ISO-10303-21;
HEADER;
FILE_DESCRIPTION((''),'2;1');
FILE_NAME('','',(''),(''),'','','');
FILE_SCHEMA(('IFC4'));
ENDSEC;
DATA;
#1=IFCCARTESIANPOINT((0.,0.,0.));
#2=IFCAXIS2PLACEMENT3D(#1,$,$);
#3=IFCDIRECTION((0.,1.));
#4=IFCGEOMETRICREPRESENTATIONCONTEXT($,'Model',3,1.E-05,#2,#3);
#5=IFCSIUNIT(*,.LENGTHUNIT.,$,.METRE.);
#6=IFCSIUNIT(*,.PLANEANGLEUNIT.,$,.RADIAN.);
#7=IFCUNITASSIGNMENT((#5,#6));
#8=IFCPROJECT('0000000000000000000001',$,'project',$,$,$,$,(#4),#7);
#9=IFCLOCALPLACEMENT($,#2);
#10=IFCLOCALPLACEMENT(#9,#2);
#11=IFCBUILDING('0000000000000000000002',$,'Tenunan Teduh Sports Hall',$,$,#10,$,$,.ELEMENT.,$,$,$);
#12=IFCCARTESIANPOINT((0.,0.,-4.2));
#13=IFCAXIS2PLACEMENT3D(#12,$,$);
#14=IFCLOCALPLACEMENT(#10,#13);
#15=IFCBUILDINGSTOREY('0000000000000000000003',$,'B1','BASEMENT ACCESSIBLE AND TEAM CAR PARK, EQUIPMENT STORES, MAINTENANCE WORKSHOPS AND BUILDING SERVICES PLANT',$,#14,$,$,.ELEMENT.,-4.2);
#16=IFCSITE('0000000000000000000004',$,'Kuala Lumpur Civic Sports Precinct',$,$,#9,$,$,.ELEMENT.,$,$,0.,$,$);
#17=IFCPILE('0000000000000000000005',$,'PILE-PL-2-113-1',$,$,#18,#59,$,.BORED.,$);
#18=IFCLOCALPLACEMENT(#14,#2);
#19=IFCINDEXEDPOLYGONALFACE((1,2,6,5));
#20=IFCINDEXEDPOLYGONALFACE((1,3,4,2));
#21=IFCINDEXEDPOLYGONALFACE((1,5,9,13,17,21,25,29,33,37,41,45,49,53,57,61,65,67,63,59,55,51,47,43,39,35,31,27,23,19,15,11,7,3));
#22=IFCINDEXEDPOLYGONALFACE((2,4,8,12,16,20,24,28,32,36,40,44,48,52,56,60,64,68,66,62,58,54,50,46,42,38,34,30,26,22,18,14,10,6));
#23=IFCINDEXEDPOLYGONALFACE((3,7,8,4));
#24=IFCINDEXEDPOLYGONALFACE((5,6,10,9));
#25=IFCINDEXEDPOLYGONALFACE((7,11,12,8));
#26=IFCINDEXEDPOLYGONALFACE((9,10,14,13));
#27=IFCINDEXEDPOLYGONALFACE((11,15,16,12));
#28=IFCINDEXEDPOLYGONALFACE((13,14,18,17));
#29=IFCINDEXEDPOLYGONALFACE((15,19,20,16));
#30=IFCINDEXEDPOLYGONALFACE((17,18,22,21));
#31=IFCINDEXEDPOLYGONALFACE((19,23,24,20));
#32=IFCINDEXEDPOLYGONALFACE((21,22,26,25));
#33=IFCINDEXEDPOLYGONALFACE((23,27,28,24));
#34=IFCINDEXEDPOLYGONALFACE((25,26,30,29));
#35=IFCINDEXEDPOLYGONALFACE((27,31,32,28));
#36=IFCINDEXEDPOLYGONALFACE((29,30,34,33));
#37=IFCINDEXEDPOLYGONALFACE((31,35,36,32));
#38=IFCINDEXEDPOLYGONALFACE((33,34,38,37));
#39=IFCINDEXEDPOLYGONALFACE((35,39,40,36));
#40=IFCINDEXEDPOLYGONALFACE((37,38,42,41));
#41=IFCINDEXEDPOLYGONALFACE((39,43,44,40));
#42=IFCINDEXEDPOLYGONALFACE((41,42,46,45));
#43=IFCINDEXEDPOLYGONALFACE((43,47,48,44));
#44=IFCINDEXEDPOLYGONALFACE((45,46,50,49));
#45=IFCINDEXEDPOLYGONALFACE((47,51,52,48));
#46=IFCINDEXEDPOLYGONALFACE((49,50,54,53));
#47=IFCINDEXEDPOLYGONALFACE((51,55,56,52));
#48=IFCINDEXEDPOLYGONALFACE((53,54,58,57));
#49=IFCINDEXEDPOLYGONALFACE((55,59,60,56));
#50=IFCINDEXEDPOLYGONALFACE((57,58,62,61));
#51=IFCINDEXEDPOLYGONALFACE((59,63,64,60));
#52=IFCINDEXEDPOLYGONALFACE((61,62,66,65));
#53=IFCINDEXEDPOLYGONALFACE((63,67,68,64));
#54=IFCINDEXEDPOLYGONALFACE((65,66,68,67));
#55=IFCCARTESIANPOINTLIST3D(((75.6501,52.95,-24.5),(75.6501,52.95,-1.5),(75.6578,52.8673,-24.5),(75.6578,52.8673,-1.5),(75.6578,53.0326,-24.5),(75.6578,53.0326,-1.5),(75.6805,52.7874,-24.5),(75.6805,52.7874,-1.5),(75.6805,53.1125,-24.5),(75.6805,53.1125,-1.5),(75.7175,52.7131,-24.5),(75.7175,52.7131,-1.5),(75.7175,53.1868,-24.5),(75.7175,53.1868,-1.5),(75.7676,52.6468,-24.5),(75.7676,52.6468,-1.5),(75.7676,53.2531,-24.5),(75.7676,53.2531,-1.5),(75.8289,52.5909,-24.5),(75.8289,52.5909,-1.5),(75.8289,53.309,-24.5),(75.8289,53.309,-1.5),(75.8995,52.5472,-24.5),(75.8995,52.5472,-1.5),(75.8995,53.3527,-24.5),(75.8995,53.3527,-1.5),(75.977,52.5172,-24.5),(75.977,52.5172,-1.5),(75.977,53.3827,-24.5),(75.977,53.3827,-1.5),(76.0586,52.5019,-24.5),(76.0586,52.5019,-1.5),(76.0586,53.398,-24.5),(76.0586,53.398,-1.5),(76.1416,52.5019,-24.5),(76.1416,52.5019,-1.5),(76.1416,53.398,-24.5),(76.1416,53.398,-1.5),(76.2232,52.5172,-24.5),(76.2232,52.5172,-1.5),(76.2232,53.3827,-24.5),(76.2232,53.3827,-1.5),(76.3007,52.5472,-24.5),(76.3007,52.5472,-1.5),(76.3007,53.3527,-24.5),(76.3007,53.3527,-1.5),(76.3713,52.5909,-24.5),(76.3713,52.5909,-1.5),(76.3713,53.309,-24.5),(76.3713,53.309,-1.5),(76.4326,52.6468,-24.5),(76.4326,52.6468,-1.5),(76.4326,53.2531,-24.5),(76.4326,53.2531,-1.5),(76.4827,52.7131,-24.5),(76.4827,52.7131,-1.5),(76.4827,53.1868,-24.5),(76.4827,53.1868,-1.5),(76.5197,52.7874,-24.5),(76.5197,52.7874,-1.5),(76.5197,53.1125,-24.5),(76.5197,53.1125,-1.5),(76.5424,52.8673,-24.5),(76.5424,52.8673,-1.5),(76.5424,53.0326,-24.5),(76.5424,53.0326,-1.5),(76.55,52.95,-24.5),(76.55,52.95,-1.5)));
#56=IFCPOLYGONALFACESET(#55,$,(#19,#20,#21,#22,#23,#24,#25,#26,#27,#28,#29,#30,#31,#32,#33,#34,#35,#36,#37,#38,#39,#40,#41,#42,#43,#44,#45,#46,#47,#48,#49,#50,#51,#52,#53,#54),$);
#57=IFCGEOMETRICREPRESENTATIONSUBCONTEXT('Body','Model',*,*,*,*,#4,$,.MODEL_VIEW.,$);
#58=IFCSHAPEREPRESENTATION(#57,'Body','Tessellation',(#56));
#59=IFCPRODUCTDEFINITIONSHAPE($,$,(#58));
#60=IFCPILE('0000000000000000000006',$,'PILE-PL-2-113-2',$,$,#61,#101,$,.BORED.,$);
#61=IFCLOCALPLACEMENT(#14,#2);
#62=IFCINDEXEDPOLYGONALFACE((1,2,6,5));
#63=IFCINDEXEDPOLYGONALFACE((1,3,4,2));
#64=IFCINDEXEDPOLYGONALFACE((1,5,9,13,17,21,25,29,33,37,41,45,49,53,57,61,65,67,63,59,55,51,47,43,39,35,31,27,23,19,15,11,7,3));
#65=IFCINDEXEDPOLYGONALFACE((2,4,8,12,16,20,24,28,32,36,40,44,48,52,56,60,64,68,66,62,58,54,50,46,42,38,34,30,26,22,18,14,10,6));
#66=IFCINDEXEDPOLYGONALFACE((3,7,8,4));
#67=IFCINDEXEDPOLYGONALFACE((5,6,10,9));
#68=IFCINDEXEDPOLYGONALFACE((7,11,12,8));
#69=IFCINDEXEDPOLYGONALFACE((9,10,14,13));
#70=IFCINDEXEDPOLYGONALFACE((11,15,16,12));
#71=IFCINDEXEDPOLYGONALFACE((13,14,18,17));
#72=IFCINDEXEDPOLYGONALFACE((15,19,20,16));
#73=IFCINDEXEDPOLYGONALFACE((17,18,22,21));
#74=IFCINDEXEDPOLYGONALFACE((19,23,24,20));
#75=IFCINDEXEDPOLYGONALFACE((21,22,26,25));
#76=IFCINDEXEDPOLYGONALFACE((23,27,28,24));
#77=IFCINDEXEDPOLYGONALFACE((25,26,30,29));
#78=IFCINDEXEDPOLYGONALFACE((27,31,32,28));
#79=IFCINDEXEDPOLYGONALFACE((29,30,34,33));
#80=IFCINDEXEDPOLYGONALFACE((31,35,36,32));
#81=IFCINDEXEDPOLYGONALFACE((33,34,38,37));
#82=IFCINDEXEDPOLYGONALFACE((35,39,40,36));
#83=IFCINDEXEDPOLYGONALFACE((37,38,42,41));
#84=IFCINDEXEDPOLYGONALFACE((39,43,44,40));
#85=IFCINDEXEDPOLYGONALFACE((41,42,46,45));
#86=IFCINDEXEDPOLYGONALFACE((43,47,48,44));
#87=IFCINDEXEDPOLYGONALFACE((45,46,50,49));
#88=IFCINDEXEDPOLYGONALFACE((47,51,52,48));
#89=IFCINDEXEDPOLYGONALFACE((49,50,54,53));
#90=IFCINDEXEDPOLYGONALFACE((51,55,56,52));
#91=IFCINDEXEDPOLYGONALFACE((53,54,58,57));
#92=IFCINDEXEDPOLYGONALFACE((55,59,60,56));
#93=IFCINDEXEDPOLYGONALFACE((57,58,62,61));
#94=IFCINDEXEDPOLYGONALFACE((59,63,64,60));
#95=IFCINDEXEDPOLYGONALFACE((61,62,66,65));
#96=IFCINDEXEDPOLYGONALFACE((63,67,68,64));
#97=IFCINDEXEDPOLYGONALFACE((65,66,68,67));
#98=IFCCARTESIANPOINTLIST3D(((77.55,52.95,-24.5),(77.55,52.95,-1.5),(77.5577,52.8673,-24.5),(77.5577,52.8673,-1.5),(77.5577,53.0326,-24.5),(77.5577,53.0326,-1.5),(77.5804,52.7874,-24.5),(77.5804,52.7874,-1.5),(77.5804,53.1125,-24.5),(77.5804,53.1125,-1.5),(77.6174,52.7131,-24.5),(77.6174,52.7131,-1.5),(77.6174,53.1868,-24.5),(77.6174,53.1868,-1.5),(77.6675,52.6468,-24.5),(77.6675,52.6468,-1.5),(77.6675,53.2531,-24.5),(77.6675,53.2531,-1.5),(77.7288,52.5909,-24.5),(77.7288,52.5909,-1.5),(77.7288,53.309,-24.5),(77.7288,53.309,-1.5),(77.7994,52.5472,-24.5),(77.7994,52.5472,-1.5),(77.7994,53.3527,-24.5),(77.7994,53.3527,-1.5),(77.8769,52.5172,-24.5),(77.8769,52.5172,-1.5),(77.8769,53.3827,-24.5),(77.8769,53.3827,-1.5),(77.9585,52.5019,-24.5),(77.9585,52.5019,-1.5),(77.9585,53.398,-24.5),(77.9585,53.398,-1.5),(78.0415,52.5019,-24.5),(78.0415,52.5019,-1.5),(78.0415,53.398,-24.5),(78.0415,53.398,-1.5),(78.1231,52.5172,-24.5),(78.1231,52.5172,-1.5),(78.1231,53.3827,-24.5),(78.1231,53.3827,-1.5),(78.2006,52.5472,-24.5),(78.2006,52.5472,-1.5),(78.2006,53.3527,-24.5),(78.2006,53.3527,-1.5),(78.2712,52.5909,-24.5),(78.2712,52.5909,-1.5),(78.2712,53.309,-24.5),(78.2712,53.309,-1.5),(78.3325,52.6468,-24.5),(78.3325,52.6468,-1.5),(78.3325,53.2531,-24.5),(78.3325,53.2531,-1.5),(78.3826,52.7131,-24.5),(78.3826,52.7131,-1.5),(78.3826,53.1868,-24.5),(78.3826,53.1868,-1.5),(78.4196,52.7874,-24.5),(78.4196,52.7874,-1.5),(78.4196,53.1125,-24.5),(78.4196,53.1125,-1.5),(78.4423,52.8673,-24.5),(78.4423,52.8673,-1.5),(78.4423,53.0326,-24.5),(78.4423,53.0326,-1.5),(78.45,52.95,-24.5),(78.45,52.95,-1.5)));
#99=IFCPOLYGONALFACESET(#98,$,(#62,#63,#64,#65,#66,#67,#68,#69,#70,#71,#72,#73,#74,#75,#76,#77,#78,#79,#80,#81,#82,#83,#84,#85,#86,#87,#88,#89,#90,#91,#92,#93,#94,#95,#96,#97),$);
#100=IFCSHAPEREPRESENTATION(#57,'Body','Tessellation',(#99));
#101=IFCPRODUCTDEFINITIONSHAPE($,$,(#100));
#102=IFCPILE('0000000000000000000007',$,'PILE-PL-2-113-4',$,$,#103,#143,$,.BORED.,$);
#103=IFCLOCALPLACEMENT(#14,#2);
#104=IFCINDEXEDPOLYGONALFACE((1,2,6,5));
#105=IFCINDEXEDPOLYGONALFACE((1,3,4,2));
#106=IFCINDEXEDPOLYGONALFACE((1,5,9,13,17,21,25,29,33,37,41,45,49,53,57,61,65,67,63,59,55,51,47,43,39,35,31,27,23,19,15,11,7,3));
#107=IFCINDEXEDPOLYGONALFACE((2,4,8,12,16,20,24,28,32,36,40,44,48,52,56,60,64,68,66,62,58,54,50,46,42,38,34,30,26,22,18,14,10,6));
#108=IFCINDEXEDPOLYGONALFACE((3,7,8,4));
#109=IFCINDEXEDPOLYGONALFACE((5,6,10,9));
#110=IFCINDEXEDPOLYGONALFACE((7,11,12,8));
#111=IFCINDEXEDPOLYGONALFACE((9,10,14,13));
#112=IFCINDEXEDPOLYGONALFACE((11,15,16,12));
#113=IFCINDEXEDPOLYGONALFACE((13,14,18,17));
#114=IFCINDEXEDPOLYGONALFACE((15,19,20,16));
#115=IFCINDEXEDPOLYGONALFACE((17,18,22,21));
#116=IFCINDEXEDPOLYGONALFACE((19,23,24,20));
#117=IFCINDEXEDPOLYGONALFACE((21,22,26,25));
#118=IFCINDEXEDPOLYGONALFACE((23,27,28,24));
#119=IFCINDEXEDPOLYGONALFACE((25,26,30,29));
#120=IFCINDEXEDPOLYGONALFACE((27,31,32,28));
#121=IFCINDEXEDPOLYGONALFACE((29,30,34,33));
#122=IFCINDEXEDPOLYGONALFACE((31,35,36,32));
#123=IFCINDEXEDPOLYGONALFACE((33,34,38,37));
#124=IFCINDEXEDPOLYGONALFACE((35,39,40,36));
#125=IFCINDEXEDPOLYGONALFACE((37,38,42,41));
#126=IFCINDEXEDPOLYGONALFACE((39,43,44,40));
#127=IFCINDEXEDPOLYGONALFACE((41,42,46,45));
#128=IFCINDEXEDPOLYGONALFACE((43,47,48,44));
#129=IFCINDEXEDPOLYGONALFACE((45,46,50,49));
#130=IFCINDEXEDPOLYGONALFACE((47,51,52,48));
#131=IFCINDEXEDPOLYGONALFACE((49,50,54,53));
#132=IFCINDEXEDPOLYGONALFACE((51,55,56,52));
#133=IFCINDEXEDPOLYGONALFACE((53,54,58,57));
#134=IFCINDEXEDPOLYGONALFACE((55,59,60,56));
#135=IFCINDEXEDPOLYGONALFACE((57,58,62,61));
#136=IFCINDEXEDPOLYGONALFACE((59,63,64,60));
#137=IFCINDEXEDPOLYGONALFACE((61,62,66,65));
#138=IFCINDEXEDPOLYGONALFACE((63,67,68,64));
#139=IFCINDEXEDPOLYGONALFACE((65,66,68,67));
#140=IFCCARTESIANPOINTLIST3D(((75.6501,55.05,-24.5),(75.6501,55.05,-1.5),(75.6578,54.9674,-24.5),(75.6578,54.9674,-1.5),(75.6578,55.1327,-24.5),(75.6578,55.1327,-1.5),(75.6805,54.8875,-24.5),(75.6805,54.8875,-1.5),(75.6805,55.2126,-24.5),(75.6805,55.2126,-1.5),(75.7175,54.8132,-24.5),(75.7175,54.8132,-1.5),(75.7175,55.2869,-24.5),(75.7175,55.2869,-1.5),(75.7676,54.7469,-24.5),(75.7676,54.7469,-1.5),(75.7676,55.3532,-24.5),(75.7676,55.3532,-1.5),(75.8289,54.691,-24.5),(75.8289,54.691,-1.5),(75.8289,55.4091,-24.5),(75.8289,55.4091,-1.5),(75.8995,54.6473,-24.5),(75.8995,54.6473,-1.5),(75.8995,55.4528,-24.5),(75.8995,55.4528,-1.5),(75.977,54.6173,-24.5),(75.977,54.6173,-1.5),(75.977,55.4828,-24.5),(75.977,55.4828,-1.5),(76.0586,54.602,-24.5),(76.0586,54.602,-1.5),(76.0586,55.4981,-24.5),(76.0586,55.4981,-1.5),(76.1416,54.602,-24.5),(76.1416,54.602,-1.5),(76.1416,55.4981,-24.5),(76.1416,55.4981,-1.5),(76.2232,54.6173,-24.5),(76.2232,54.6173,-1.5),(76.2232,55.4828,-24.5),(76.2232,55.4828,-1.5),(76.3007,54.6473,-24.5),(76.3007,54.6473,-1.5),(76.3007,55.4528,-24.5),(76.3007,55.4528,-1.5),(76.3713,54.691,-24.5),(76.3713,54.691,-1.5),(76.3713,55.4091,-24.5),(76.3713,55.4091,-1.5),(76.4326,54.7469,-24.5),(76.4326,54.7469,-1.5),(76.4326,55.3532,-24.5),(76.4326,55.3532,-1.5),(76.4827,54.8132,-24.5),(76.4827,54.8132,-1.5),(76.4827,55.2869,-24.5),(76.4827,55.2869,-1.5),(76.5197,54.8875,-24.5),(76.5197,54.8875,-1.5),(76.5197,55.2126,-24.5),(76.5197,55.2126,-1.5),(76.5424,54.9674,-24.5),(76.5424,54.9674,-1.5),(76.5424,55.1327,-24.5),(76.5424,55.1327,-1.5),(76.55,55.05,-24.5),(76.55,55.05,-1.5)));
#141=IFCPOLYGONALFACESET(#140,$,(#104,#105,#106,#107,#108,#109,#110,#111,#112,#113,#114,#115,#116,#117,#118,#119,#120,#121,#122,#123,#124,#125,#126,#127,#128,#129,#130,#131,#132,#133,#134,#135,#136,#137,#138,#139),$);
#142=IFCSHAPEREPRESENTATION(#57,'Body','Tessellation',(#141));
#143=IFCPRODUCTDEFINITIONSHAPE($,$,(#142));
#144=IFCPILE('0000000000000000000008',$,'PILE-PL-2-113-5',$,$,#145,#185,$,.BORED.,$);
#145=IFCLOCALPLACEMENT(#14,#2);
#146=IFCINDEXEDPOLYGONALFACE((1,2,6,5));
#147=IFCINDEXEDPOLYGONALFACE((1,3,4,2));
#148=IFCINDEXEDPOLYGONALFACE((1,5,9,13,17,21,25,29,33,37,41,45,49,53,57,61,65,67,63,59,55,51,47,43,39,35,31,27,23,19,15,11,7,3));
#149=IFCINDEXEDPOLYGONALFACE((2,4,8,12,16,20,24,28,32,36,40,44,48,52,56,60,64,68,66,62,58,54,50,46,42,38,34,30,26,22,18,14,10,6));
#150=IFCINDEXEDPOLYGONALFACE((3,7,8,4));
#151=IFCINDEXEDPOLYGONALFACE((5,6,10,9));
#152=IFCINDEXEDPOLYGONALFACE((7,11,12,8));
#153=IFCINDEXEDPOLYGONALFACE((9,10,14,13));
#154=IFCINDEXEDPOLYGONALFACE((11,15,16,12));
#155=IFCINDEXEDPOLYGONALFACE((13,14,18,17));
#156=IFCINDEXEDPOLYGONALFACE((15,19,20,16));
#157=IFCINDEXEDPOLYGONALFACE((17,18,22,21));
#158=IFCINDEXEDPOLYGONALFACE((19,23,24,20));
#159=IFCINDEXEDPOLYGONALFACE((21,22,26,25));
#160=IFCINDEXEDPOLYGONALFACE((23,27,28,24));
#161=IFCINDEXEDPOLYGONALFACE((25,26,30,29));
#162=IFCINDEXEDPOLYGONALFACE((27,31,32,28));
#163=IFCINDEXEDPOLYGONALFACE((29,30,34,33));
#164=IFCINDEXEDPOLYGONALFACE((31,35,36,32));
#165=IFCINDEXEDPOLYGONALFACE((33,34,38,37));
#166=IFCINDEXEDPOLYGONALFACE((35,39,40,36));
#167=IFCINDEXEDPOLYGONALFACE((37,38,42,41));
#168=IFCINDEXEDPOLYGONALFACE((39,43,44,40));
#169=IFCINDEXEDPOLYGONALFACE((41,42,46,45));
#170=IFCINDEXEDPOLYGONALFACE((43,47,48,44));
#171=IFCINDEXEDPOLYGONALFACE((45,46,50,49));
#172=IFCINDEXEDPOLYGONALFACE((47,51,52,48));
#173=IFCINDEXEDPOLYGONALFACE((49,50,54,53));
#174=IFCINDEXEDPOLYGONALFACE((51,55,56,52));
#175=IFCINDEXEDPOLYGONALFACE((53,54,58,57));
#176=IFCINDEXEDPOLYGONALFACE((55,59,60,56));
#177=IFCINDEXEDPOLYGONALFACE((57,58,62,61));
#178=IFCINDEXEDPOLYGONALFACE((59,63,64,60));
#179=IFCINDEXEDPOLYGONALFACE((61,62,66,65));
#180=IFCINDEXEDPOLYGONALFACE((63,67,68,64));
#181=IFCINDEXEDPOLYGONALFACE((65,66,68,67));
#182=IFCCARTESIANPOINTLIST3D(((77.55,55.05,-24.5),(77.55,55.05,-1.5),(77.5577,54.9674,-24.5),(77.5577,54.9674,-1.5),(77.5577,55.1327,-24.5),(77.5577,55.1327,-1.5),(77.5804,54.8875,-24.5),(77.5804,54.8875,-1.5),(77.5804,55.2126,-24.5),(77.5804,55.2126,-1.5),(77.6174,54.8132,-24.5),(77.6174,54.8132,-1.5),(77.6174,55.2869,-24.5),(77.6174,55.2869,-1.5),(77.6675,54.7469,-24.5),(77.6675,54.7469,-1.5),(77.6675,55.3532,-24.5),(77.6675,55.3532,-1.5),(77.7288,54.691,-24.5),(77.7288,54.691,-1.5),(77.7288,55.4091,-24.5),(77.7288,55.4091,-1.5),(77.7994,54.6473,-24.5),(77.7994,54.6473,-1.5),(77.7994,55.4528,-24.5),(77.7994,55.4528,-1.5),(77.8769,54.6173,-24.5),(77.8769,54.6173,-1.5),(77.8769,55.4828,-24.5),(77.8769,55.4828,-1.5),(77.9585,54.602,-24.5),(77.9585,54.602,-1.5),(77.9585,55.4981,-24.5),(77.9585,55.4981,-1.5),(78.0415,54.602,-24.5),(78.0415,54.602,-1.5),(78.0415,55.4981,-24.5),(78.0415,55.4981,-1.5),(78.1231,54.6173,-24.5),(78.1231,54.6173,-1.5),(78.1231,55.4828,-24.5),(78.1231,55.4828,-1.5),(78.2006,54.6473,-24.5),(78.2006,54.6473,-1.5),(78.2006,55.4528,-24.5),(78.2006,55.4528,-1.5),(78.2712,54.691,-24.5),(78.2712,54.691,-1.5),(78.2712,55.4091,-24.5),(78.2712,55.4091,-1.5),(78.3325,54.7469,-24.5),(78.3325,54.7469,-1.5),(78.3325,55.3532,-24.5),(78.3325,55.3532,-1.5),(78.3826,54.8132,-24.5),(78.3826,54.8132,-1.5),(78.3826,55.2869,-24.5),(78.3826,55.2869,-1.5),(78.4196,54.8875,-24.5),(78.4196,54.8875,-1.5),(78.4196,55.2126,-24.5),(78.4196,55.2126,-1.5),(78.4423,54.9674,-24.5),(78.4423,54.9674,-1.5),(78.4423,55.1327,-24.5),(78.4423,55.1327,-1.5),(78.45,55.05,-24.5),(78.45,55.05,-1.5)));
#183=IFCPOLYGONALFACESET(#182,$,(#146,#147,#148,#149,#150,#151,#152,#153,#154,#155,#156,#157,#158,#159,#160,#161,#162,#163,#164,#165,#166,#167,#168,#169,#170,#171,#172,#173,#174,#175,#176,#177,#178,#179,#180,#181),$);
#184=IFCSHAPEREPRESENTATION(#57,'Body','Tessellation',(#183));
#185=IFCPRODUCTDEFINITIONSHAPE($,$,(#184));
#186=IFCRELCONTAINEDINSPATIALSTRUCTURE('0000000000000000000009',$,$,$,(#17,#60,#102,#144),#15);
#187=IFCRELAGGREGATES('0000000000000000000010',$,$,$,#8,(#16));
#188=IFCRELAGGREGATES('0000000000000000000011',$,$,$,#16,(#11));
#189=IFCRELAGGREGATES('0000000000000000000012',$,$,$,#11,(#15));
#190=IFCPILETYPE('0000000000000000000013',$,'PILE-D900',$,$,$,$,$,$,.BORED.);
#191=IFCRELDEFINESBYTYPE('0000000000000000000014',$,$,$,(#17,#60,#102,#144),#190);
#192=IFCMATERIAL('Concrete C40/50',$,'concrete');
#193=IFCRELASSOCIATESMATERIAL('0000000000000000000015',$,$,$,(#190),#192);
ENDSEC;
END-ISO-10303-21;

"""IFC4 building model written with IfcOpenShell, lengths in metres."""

from ifc_helpers import new_model, si_unit, direction, frame, origin, origin_2d, place, context, subcontext, project, spatial, circle, extrude, material, material_profile, profile_set, type_object, element, save


model = new_model("IFC4")

# Units and contexts
model_context = context("Model", 3, precision=1e-05, world=origin(), true_north=direction((0.0, 1.0)))
body_context = subcontext(model_context, "Body", "Model", "MODEL_VIEW")
ifc_project = project(units=[si_unit("LENGTHUNIT", "METRE"), si_unit("PLANEANGLEUNIT", "RADIAN")], contexts=[model_context])

# Site, building, storey
site_placement = place(None, origin())
site = spatial("IfcSite", under=ifc_project, at=site_placement, Name="Kuala Lumpur Civic Sports Precinct", CompositionType="ELEMENT", RefElevation=0.0)
building_placement = place(site_placement, origin())
building = spatial("IfcBuilding", under=site, at=building_placement, Name="Tenunan Teduh Sports Hall", CompositionType="ELEMENT")
storey_placement = place(building_placement, frame((0.0, 0.0, -4.2)))
storey = spatial("IfcBuildingStorey", under=building, at=storey_placement, Name="B1", Description="BASEMENT ACCESSIBLE AND TEAM CAR PARK, EQUIPMENT STORES, MAINTENANCE WORKSHOPS AND BUILDING SERVICES PLANT", CompositionType="ELEMENT", Elevation=-4.2)

# Piles
ifc_material_1 = material(Name="Concrete C40/50", Category="concrete")
ifc_material_profile_1 = material_profile(ifc_material_1, circle(Radius=0.45, at=origin_2d()), Name="PILE D900")
ifc_profile_set_1 = profile_set([ifc_material_profile_1], Name="Concrete C40/50")
pile_type = type_object("IfcPileType", Name="PILE-D900", PredefinedType="BORED", material=ifc_profile_set_1)
for number, where, z_axis, x_axis, name in (
    (1, (76.1001, 52.95, -1.5), (0.0, 0.0, -1.0), (1.0, 0.0, 0.0), "PILE-PL-2-113-1"),
    (2, (78.0, 52.95, -1.5), (0.0, 0.0, -1.0), (1.0, 0.0, 0.0), "PILE-PL-2-113-2"),
    (3, (76.1001, 55.05, -1.5), (0.0, 0.0, -1.0), (1.0, 0.0, 0.0), "PILE-PL-2-113-4"),
    (4, (78.0, 55.05, -1.5), (0.0, 0.0, -1.0), (1.0, 0.0, 0.0), "PILE-PL-2-113-5"),
):
    element("IfcPile", number, at=place(storey_placement, frame(where, z_axis=z_axis, x_axis=x_axis)), inside=storey, type_object=pile_type, Name=name, PredefinedType="BORED", context=body_context, shape_type="SweptSolid", body=[
        extrude(circle(Radius=0.45, at=origin_2d()), origin(), (0.0, 0.0, 1.0), 23.0),
    ])

save(model, "model.ifc")
